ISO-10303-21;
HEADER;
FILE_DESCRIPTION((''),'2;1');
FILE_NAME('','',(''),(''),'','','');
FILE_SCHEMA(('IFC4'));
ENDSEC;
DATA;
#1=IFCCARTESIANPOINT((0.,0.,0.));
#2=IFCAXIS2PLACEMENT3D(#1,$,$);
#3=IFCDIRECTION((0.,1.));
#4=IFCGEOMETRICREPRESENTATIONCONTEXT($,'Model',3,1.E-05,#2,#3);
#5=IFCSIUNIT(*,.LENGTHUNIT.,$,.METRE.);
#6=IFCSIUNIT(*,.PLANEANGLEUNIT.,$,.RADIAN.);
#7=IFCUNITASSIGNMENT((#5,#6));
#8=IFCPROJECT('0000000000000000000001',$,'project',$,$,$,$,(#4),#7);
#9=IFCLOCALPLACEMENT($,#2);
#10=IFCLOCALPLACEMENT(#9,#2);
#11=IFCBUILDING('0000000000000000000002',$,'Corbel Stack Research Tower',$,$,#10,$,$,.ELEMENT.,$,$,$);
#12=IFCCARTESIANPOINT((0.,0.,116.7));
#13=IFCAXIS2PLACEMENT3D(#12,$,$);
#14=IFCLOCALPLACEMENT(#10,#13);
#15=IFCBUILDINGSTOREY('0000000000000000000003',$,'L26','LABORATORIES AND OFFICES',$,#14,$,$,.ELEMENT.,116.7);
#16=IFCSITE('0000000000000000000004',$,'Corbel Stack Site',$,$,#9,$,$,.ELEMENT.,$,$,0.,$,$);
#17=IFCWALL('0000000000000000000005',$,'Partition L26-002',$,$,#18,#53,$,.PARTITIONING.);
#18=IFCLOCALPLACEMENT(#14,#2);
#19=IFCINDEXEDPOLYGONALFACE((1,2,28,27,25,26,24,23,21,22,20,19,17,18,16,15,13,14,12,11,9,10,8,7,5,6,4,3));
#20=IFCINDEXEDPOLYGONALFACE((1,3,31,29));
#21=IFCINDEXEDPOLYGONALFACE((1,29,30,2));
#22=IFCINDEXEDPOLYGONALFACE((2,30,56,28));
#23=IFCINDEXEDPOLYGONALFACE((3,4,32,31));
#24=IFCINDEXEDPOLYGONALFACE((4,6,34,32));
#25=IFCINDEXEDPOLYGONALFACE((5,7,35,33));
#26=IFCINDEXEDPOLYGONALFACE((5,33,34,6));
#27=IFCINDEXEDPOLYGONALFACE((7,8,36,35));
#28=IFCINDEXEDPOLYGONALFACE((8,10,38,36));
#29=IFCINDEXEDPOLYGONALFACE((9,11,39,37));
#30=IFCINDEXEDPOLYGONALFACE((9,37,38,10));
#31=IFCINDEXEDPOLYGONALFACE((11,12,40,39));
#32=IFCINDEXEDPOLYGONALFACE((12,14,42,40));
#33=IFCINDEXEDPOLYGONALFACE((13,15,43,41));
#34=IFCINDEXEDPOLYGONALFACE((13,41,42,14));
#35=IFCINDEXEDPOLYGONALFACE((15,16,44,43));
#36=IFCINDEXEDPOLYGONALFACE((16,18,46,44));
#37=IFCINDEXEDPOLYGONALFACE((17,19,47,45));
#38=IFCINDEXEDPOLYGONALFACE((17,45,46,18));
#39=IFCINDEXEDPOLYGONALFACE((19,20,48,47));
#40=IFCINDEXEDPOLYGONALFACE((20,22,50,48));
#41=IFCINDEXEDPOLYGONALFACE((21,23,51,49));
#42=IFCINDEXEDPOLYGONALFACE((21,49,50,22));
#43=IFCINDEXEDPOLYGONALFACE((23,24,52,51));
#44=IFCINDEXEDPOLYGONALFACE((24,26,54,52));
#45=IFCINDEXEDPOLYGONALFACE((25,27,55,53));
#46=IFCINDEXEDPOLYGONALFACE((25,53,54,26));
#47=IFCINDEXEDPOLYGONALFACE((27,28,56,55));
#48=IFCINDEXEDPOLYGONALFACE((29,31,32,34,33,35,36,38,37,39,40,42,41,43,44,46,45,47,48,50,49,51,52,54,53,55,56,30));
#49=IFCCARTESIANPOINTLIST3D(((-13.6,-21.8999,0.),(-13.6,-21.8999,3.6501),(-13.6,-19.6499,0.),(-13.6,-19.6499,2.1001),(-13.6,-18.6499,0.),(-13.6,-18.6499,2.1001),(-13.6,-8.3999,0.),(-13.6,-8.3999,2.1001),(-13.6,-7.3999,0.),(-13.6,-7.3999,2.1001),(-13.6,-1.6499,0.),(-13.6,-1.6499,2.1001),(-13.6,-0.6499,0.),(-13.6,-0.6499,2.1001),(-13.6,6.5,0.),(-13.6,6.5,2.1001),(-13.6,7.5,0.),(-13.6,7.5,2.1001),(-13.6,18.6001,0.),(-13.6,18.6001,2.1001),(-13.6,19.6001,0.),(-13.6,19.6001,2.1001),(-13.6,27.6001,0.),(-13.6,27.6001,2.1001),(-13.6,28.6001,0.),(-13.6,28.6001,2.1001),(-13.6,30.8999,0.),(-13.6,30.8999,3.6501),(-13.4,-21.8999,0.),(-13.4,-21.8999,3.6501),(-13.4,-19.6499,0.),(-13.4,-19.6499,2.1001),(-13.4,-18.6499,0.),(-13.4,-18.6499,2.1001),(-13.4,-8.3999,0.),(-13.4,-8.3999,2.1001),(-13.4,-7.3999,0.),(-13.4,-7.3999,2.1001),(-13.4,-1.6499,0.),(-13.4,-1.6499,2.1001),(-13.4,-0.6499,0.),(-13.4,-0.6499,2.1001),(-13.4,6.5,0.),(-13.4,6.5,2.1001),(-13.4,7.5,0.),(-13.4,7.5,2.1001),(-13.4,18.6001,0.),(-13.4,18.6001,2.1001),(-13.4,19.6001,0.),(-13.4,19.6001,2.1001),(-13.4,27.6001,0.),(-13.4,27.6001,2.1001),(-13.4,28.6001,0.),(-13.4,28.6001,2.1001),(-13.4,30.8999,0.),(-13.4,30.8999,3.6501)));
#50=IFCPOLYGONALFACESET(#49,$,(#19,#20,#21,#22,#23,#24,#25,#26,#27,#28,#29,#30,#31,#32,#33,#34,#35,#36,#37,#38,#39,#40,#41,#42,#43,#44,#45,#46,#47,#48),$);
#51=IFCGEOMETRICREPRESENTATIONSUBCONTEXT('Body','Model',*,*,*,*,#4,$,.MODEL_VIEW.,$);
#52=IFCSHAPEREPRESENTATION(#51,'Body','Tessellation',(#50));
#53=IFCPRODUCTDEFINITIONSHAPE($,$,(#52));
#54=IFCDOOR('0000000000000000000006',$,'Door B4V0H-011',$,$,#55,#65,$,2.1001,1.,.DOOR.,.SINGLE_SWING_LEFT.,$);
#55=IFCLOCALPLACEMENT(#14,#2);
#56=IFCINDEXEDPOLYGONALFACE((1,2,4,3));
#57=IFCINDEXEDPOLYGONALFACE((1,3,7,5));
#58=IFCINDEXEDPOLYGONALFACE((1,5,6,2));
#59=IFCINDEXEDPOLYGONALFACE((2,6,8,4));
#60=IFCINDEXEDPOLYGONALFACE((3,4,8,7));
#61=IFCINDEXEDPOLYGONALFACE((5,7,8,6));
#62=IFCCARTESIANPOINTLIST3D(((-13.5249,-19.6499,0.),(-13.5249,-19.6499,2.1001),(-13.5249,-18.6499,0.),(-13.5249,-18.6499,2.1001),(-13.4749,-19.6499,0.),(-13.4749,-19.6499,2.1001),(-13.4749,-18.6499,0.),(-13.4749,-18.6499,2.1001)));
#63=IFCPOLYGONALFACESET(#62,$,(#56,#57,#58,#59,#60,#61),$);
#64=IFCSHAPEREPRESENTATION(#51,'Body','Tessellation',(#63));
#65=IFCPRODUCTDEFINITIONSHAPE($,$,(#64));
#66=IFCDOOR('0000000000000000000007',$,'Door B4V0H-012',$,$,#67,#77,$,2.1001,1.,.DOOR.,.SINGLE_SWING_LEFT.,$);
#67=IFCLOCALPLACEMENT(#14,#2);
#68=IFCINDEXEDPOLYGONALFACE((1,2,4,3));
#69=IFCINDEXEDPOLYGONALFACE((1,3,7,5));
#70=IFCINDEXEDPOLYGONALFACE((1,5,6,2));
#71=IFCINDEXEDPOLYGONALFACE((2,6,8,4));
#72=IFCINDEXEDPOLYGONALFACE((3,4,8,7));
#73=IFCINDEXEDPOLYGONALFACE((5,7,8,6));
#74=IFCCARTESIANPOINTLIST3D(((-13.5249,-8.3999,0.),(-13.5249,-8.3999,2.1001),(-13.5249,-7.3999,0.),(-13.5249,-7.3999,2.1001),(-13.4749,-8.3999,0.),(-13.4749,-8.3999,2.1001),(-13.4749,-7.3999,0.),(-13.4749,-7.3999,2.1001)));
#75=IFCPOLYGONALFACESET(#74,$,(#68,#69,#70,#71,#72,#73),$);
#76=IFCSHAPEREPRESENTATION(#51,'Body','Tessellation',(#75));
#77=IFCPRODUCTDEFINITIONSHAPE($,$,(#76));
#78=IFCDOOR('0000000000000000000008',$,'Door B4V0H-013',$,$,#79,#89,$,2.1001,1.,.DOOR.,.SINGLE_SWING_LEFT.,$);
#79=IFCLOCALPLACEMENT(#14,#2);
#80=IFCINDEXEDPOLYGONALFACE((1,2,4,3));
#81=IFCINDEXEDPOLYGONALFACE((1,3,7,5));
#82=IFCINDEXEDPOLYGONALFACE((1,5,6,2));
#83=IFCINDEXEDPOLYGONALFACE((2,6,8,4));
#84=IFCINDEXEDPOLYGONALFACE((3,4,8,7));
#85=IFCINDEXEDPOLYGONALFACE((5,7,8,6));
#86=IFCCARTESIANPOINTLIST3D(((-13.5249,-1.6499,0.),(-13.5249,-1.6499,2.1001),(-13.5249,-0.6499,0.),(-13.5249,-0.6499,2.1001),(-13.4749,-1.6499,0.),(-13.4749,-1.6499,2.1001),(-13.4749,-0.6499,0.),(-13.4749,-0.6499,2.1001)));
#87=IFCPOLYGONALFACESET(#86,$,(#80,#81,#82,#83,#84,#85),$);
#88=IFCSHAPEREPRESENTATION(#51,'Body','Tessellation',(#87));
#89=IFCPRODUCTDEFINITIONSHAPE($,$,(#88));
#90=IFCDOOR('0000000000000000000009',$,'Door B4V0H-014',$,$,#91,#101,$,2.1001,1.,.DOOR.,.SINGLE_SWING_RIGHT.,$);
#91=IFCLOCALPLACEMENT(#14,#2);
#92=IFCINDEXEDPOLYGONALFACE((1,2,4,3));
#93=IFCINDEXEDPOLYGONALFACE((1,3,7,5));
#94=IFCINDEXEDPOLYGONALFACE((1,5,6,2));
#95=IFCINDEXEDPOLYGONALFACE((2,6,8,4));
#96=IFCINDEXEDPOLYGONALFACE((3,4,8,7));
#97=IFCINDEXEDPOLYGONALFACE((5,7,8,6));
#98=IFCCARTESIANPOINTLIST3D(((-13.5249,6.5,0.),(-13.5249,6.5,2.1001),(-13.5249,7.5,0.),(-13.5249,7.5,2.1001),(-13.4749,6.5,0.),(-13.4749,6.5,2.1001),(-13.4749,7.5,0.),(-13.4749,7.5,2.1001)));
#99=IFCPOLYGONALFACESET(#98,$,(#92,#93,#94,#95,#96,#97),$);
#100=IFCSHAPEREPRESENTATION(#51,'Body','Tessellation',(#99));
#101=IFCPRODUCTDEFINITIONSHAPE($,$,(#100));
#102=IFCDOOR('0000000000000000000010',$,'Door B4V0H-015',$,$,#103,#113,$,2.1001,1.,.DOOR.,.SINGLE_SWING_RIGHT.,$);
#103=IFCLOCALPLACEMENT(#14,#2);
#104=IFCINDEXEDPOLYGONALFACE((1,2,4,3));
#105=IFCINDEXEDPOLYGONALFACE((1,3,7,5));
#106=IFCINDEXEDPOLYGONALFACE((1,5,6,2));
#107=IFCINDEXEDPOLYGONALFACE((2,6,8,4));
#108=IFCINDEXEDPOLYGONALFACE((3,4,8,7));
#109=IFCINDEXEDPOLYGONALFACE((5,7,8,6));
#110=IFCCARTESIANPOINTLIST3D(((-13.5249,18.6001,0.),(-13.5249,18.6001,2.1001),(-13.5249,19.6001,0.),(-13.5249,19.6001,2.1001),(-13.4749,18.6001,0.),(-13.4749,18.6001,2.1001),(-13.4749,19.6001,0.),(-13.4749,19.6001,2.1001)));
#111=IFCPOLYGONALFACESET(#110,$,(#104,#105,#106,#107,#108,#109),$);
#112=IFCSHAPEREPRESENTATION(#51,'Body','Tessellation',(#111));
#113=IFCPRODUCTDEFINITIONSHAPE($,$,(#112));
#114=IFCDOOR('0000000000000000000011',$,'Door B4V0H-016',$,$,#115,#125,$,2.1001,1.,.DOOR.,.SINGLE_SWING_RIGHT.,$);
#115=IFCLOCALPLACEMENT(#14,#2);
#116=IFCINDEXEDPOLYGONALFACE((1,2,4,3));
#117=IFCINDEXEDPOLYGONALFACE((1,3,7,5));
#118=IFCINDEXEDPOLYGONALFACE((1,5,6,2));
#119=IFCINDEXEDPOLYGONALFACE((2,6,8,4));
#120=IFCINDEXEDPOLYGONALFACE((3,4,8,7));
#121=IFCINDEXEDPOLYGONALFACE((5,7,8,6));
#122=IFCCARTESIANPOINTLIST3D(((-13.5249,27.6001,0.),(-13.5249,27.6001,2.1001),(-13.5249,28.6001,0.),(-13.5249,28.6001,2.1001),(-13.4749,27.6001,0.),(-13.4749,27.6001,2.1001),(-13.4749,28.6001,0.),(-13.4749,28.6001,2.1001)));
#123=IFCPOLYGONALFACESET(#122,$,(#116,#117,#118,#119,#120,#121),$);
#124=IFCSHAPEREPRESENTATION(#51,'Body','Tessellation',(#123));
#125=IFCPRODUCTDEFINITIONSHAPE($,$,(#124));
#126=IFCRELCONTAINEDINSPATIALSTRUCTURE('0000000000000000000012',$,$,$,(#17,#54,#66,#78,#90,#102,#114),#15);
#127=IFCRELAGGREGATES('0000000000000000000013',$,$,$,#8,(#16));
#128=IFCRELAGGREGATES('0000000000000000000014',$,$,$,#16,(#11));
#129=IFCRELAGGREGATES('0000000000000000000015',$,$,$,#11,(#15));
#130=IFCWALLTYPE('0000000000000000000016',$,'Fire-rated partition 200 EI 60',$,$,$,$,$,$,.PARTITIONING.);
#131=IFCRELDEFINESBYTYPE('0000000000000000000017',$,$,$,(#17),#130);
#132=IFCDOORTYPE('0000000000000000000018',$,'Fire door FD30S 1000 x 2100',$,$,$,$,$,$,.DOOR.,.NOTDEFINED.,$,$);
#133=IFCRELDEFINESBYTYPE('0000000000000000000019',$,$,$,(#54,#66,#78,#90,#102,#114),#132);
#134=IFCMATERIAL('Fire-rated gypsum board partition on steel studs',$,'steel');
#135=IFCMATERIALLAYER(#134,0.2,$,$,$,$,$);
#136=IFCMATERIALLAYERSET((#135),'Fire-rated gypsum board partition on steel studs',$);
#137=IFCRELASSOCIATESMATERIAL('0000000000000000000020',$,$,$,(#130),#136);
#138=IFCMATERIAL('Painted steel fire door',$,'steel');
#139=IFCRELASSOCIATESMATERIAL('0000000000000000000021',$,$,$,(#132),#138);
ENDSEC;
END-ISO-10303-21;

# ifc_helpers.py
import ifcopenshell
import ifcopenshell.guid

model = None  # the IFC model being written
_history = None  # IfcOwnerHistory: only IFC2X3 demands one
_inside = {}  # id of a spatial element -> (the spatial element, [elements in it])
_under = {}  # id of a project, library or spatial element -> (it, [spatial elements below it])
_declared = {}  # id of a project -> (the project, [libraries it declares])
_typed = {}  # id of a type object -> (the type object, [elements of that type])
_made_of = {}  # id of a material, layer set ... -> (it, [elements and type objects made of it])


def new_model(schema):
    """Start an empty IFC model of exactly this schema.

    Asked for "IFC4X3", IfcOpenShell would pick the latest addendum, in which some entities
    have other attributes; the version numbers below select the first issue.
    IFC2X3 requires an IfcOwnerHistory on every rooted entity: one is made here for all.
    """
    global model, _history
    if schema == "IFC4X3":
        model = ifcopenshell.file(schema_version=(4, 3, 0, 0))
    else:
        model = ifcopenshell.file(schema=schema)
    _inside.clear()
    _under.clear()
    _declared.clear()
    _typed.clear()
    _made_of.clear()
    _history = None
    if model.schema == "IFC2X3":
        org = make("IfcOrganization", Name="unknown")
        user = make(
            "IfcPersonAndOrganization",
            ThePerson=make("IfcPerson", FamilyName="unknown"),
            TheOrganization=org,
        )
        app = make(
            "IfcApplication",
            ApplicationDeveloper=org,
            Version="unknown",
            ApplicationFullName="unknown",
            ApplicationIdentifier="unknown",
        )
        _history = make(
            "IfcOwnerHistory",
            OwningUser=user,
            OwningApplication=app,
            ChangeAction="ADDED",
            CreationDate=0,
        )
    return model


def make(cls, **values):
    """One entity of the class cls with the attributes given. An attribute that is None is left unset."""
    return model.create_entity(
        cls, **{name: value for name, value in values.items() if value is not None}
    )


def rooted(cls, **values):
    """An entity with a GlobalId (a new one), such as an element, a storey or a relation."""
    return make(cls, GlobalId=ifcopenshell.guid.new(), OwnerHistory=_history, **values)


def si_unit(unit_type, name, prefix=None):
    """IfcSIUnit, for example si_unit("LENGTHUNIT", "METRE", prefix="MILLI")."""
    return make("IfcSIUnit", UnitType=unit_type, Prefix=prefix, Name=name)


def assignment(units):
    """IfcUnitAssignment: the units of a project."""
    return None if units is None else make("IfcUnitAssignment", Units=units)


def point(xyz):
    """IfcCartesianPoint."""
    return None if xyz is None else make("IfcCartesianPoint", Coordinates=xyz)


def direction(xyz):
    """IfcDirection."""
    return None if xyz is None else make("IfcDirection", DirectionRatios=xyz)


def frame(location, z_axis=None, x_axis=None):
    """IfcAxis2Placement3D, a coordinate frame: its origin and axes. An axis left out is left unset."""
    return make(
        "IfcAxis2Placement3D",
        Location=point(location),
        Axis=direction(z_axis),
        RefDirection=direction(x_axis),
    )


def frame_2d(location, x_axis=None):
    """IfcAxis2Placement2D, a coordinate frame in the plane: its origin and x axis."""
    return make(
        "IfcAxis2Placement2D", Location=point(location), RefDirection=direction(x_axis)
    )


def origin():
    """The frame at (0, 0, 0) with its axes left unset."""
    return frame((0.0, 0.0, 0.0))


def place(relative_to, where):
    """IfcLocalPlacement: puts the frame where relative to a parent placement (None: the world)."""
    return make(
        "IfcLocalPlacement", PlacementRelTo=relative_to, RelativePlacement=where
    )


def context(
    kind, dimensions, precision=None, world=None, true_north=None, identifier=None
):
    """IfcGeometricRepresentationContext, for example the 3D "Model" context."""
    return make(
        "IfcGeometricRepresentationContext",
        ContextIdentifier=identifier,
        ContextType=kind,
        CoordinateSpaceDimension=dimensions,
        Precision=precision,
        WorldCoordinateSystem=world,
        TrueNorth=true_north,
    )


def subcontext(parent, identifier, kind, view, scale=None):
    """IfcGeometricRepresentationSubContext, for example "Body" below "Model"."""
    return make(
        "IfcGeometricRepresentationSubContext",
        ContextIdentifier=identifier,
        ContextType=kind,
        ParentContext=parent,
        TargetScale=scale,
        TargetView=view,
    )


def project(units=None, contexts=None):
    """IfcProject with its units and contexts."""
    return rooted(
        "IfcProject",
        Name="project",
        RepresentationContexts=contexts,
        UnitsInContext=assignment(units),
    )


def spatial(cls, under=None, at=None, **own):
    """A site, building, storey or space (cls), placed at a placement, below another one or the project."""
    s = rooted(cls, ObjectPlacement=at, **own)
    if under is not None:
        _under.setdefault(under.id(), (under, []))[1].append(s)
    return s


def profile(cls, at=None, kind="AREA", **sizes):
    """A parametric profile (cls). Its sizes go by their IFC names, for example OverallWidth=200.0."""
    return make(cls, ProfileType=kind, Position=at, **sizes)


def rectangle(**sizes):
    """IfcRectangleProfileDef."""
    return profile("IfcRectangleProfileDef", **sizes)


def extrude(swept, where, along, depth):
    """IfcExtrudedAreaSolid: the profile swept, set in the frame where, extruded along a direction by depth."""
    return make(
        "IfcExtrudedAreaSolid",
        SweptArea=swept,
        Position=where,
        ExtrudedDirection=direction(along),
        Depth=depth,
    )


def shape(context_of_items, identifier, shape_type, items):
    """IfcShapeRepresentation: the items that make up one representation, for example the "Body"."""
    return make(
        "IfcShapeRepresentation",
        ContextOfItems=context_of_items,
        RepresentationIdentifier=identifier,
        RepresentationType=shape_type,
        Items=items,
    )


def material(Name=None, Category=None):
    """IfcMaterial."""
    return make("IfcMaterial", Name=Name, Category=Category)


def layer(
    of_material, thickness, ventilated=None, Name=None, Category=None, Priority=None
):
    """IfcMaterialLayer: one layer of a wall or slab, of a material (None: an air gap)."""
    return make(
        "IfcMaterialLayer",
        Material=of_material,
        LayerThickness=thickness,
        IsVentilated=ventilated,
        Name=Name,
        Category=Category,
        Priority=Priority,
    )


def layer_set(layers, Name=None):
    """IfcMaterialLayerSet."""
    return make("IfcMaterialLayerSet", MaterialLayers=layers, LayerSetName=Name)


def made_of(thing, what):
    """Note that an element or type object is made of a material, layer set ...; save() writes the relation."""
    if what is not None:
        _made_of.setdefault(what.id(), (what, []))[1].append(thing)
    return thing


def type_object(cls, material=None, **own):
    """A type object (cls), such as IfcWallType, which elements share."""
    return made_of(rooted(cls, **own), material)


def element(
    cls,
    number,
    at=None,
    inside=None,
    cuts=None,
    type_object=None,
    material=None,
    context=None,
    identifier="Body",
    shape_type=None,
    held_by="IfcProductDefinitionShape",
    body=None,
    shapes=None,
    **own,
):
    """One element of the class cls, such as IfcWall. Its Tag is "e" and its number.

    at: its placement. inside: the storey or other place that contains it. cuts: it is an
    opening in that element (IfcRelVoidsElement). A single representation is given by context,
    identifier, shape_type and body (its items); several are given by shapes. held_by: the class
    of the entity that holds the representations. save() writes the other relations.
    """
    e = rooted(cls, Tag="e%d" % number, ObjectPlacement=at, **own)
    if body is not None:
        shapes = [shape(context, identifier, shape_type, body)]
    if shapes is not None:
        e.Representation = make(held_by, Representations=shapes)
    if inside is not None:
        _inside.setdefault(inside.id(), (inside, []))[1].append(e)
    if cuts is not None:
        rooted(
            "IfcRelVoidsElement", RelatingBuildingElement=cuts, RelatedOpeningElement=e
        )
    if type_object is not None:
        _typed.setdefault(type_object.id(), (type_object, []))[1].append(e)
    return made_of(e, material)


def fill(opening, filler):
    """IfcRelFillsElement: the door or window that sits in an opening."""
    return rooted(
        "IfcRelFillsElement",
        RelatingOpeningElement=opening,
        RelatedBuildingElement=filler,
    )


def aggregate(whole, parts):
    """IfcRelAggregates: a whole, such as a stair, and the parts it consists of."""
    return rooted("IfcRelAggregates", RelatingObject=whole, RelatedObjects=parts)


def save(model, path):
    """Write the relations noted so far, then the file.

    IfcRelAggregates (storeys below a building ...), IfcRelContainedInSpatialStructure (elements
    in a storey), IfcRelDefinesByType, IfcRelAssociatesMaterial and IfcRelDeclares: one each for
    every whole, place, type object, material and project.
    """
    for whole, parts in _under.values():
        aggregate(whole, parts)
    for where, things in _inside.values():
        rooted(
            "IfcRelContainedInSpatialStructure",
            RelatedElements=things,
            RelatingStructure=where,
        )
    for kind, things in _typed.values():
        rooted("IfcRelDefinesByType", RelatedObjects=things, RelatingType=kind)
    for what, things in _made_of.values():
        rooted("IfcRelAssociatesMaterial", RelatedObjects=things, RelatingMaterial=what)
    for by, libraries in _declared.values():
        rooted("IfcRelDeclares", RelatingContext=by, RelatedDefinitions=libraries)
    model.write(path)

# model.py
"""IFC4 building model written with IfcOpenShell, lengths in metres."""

from ifc_helpers import new_model, si_unit, direction, frame, frame_2d, origin, place, context, subcontext, project, spatial, rectangle, extrude, material, layer, layer_set, type_object, element, fill, save


model = new_model("IFC4")

# Units and contexts
model_context = context("Model", 3, precision=1e-05, world=origin(), true_north=direction((0.0, 1.0)))
body_context = subcontext(model_context, "Body", "Model", "MODEL_VIEW")
ifc_project = project(units=[si_unit("LENGTHUNIT", "METRE"), si_unit("PLANEANGLEUNIT", "RADIAN")], contexts=[model_context])

# Site, building, storey
site_placement = place(None, origin())
site = spatial("IfcSite", under=ifc_project, at=site_placement, Name="Corbel Stack Site", CompositionType="ELEMENT", RefElevation=0.0)
building_placement = place(site_placement, origin())
building = spatial("IfcBuilding", under=site, at=building_placement, Name="Corbel Stack Research Tower", CompositionType="ELEMENT")
storey_placement = place(building_placement, frame((0.0, 0.0, 116.7)))
storey = spatial("IfcBuildingStorey", under=building, at=storey_placement, Name="L26", Description="LABORATORIES AND OFFICES", CompositionType="ELEMENT", Elevation=116.7)

# Wall, openings, doors
ifc_material_1 = material(Name="Fire-rated gypsum board partition on steel studs", Category="steel")
ifc_layer_1 = layer(ifc_material_1, 0.2)
ifc_layer_set_1 = layer_set([ifc_layer_1], Name="Fire-rated gypsum board partition on steel studs")
wall_type_1 = type_object("IfcWallType", Name="Fire-rated partition 200 EI 60", PredefinedType="PARTITIONING", material=ifc_layer_set_1)
wall_1_placement = place(storey_placement, frame((-13.5, -21.8999, 0.0), z_axis=(0.0, 0.0, 1.0), x_axis=(0.0, 1.0, 0.0)))
wall_1 = element("IfcWall", 1, at=wall_1_placement, inside=storey, type_object=wall_type_1, Name="Partition L26-002", PredefinedType="PARTITIONING", context=body_context, shape_type="SweptSolid", body=[
    extrude(rectangle(XDim=52.7998, YDim=0.2, at=frame_2d((26.3999, 0.0))), origin(), (0.0, 0.0, 1.0), 3.6501),
])
opening_1_placement = place(wall_1_placement, frame((2.25, 0.0, 0.0)))
opening_1 = element("IfcOpeningElement", 2, at=opening_1_placement, cuts=wall_1, PredefinedType="OPENING", context=body_context, shape_type="SweptSolid", body=[
    extrude(rectangle(XDim=1.0, YDim=2.1001, at=frame_2d((0.5, 1.05))), frame((0.0, 0.1099, 0.0), z_axis=(0.0, -1.0, 0.0), x_axis=(1.0, 0.0, 0.0)), (0.0, 0.0, 1.0), 0.22),
])
opening_2_placement = place(wall_1_placement, frame((13.5, 0.0, 0.0)))
opening_2 = element("IfcOpeningElement", 3, at=opening_2_placement, cuts=wall_1, PredefinedType="OPENING", context=body_context, shape_type="SweptSolid", body=[
    extrude(rectangle(XDim=1.0, YDim=2.1001, at=frame_2d((0.5, 1.05))), frame((0.0, 0.1099, 0.0), z_axis=(0.0, -1.0, 0.0), x_axis=(1.0, 0.0, 0.0)), (0.0, 0.0, 1.0), 0.22),
])
opening_3_placement = place(wall_1_placement, frame((20.25, 0.0, 0.0)))
opening_3 = element("IfcOpeningElement", 4, at=opening_3_placement, cuts=wall_1, PredefinedType="OPENING", context=body_context, shape_type="SweptSolid", body=[
    extrude(rectangle(XDim=1.0, YDim=2.1001, at=frame_2d((0.5, 1.05))), frame((0.0, 0.1099, 0.0), z_axis=(0.0, -1.0, 0.0), x_axis=(1.0, 0.0, 0.0)), (0.0, 0.0, 1.0), 0.22),
])
opening_4_placement = place(wall_1_placement, frame((28.3999, 0.0, 0.0)))
opening_4 = element("IfcOpeningElement", 5, at=opening_4_placement, cuts=wall_1, PredefinedType="OPENING", context=body_context, shape_type="SweptSolid", body=[
    extrude(rectangle(XDim=1.0, YDim=2.1001, at=frame_2d((0.5, 1.05))), frame((0.0, 0.1099, 0.0), z_axis=(0.0, -1.0, 0.0), x_axis=(1.0, 0.0, 0.0)), (0.0, 0.0, 1.0), 0.22),
])
opening_5_placement = place(wall_1_placement, frame((40.5, 0.0, 0.0)))
opening_5 = element("IfcOpeningElement", 6, at=opening_5_placement, cuts=wall_1, PredefinedType="OPENING", context=body_context, shape_type="SweptSolid", body=[
    extrude(rectangle(XDim=1.0, YDim=2.1001, at=frame_2d((0.5, 1.05))), frame((0.0, 0.1099, 0.0), z_axis=(0.0, -1.0, 0.0), x_axis=(1.0, 0.0, 0.0)), (0.0, 0.0, 1.0), 0.22),
])
opening_6_placement = place(wall_1_placement, frame((49.5, 0.0, 0.0)))
opening_6 = element("IfcOpeningElement", 7, at=opening_6_placement, cuts=wall_1, PredefinedType="OPENING", context=body_context, shape_type="SweptSolid", body=[
    extrude(rectangle(XDim=1.0, YDim=2.1001, at=frame_2d((0.5, 1.05))), frame((0.0, 0.1099, 0.0), z_axis=(0.0, -1.0, 0.0), x_axis=(1.0, 0.0, 0.0)), (0.0, 0.0, 1.0), 0.22),
])
ifc_material_2 = material(Name="Painted steel fire door", Category="steel")
door_type_1 = type_object("IfcDoorType", Name="Fire door FD30S 1000 x 2100", OperationType="NOTDEFINED", PredefinedType="DOOR", material=ifc_material_2)
door_1_placement = place(opening_1_placement, origin())
door_1 = element("IfcDoor", 8, at=door_1_placement, inside=storey, type_object=door_type_1, Name="Door B4V0H-011", OperationType="SINGLE_SWING_LEFT", OverallHeight=2.1001, OverallWidth=1.0, PredefinedType="DOOR", context=body_context, shape_type="SweptSolid", body=[
    extrude(rectangle(XDim=1.0, YDim=2.1001, at=frame_2d((0.5, 1.05))), frame((0.0, 0.0249, 0.0), z_axis=(0.0, -1.0, 0.0), x_axis=(1.0, 0.0, 0.0)), (0.0, 0.0, 1.0), 0.05),
])
fill(opening_1, door_1)
door_2_placement = place(opening_2_placement, origin())
door_2 = element("IfcDoor", 9, at=door_2_placement, inside=storey, type_object=door_type_1, Name="Door B4V0H-012", OperationType="SINGLE_SWING_LEFT", OverallHeight=2.1001, OverallWidth=1.0, PredefinedType="DOOR", context=body_context, shape_type="SweptSolid", body=[
    extrude(rectangle(XDim=1.0, YDim=2.1001, at=frame_2d((0.5, 1.05))), frame((0.0, 0.0249, 0.0), z_axis=(0.0, -1.0, 0.0), x_axis=(1.0, 0.0, 0.0)), (0.0, 0.0, 1.0), 0.05),
])
fill(opening_2, door_2)
door_3_placement = place(opening_3_placement, origin())
door_3 = element("IfcDoor", 10, at=door_3_placement, inside=storey, type_object=door_type_1, Name="Door B4V0H-013", OperationType="SINGLE_SWING_LEFT", OverallHeight=2.1001, OverallWidth=1.0, PredefinedType="DOOR", context=body_context, shape_type="SweptSolid", body=[
    extrude(rectangle(XDim=1.0, YDim=2.1001, at=frame_2d((0.5, 1.05))), frame((0.0, 0.0249, 0.0), z_axis=(0.0, -1.0, 0.0), x_axis=(1.0, 0.0, 0.0)), (0.0, 0.0, 1.0), 0.05),
])
fill(opening_3, door_3)
door_4_placement = place(opening_4_placement, origin())
door_4 = element("IfcDoor", 11, at=door_4_placement, inside=storey, type_object=door_type_1, Name="Door B4V0H-014", OperationType="SINGLE_SWING_RIGHT", OverallHeight=2.1001, OverallWidth=1.0, PredefinedType="DOOR", context=body_context, shape_type="SweptSolid", body=[
    extrude(rectangle(XDim=1.0, YDim=2.1001, at=frame_2d((0.5, 1.05))), frame((0.0, 0.0249, 0.0), z_axis=(0.0, -1.0, 0.0), x_axis=(1.0, 0.0, 0.0)), (0.0, 0.0, 1.0), 0.05),
])
fill(opening_4, door_4)
door_5_placement = place(opening_5_placement, origin())
door_5 = element("IfcDoor", 12, at=door_5_placement, inside=storey, type_object=door_type_1, Name="Door B4V0H-015", OperationType="SINGLE_SWING_RIGHT", OverallHeight=2.1001, OverallWidth=1.0, PredefinedType="DOOR", context=body_context, shape_type="SweptSolid", body=[
    extrude(rectangle(XDim=1.0, YDim=2.1001, at=frame_2d((0.5, 1.05))), frame((0.0, 0.0249, 0.0), z_axis=(0.0, -1.0, 0.0), x_axis=(1.0, 0.0, 0.0)), (0.0, 0.0, 1.0), 0.05),
])
fill(opening_5, door_5)
door_6_placement = place(opening_6_placement, origin())
door_6 = element("IfcDoor", 13, at=door_6_placement, inside=storey, type_object=door_type_1, Name="Door B4V0H-016", OperationType="SINGLE_SWING_RIGHT", OverallHeight=2.1001, OverallWidth=1.0, PredefinedType="DOOR", context=body_context, shape_type="SweptSolid", body=[
    extrude(rectangle(XDim=1.0, YDim=2.1001, at=frame_2d((0.5, 1.05))), frame((0.0, 0.0249, 0.0), z_axis=(0.0, -1.0, 0.0), x_axis=(1.0, 0.0, 0.0)), (0.0, 0.0, 1.0), 0.05),
])
fill(opening_6, door_6)

save(model, "model.ifc")
